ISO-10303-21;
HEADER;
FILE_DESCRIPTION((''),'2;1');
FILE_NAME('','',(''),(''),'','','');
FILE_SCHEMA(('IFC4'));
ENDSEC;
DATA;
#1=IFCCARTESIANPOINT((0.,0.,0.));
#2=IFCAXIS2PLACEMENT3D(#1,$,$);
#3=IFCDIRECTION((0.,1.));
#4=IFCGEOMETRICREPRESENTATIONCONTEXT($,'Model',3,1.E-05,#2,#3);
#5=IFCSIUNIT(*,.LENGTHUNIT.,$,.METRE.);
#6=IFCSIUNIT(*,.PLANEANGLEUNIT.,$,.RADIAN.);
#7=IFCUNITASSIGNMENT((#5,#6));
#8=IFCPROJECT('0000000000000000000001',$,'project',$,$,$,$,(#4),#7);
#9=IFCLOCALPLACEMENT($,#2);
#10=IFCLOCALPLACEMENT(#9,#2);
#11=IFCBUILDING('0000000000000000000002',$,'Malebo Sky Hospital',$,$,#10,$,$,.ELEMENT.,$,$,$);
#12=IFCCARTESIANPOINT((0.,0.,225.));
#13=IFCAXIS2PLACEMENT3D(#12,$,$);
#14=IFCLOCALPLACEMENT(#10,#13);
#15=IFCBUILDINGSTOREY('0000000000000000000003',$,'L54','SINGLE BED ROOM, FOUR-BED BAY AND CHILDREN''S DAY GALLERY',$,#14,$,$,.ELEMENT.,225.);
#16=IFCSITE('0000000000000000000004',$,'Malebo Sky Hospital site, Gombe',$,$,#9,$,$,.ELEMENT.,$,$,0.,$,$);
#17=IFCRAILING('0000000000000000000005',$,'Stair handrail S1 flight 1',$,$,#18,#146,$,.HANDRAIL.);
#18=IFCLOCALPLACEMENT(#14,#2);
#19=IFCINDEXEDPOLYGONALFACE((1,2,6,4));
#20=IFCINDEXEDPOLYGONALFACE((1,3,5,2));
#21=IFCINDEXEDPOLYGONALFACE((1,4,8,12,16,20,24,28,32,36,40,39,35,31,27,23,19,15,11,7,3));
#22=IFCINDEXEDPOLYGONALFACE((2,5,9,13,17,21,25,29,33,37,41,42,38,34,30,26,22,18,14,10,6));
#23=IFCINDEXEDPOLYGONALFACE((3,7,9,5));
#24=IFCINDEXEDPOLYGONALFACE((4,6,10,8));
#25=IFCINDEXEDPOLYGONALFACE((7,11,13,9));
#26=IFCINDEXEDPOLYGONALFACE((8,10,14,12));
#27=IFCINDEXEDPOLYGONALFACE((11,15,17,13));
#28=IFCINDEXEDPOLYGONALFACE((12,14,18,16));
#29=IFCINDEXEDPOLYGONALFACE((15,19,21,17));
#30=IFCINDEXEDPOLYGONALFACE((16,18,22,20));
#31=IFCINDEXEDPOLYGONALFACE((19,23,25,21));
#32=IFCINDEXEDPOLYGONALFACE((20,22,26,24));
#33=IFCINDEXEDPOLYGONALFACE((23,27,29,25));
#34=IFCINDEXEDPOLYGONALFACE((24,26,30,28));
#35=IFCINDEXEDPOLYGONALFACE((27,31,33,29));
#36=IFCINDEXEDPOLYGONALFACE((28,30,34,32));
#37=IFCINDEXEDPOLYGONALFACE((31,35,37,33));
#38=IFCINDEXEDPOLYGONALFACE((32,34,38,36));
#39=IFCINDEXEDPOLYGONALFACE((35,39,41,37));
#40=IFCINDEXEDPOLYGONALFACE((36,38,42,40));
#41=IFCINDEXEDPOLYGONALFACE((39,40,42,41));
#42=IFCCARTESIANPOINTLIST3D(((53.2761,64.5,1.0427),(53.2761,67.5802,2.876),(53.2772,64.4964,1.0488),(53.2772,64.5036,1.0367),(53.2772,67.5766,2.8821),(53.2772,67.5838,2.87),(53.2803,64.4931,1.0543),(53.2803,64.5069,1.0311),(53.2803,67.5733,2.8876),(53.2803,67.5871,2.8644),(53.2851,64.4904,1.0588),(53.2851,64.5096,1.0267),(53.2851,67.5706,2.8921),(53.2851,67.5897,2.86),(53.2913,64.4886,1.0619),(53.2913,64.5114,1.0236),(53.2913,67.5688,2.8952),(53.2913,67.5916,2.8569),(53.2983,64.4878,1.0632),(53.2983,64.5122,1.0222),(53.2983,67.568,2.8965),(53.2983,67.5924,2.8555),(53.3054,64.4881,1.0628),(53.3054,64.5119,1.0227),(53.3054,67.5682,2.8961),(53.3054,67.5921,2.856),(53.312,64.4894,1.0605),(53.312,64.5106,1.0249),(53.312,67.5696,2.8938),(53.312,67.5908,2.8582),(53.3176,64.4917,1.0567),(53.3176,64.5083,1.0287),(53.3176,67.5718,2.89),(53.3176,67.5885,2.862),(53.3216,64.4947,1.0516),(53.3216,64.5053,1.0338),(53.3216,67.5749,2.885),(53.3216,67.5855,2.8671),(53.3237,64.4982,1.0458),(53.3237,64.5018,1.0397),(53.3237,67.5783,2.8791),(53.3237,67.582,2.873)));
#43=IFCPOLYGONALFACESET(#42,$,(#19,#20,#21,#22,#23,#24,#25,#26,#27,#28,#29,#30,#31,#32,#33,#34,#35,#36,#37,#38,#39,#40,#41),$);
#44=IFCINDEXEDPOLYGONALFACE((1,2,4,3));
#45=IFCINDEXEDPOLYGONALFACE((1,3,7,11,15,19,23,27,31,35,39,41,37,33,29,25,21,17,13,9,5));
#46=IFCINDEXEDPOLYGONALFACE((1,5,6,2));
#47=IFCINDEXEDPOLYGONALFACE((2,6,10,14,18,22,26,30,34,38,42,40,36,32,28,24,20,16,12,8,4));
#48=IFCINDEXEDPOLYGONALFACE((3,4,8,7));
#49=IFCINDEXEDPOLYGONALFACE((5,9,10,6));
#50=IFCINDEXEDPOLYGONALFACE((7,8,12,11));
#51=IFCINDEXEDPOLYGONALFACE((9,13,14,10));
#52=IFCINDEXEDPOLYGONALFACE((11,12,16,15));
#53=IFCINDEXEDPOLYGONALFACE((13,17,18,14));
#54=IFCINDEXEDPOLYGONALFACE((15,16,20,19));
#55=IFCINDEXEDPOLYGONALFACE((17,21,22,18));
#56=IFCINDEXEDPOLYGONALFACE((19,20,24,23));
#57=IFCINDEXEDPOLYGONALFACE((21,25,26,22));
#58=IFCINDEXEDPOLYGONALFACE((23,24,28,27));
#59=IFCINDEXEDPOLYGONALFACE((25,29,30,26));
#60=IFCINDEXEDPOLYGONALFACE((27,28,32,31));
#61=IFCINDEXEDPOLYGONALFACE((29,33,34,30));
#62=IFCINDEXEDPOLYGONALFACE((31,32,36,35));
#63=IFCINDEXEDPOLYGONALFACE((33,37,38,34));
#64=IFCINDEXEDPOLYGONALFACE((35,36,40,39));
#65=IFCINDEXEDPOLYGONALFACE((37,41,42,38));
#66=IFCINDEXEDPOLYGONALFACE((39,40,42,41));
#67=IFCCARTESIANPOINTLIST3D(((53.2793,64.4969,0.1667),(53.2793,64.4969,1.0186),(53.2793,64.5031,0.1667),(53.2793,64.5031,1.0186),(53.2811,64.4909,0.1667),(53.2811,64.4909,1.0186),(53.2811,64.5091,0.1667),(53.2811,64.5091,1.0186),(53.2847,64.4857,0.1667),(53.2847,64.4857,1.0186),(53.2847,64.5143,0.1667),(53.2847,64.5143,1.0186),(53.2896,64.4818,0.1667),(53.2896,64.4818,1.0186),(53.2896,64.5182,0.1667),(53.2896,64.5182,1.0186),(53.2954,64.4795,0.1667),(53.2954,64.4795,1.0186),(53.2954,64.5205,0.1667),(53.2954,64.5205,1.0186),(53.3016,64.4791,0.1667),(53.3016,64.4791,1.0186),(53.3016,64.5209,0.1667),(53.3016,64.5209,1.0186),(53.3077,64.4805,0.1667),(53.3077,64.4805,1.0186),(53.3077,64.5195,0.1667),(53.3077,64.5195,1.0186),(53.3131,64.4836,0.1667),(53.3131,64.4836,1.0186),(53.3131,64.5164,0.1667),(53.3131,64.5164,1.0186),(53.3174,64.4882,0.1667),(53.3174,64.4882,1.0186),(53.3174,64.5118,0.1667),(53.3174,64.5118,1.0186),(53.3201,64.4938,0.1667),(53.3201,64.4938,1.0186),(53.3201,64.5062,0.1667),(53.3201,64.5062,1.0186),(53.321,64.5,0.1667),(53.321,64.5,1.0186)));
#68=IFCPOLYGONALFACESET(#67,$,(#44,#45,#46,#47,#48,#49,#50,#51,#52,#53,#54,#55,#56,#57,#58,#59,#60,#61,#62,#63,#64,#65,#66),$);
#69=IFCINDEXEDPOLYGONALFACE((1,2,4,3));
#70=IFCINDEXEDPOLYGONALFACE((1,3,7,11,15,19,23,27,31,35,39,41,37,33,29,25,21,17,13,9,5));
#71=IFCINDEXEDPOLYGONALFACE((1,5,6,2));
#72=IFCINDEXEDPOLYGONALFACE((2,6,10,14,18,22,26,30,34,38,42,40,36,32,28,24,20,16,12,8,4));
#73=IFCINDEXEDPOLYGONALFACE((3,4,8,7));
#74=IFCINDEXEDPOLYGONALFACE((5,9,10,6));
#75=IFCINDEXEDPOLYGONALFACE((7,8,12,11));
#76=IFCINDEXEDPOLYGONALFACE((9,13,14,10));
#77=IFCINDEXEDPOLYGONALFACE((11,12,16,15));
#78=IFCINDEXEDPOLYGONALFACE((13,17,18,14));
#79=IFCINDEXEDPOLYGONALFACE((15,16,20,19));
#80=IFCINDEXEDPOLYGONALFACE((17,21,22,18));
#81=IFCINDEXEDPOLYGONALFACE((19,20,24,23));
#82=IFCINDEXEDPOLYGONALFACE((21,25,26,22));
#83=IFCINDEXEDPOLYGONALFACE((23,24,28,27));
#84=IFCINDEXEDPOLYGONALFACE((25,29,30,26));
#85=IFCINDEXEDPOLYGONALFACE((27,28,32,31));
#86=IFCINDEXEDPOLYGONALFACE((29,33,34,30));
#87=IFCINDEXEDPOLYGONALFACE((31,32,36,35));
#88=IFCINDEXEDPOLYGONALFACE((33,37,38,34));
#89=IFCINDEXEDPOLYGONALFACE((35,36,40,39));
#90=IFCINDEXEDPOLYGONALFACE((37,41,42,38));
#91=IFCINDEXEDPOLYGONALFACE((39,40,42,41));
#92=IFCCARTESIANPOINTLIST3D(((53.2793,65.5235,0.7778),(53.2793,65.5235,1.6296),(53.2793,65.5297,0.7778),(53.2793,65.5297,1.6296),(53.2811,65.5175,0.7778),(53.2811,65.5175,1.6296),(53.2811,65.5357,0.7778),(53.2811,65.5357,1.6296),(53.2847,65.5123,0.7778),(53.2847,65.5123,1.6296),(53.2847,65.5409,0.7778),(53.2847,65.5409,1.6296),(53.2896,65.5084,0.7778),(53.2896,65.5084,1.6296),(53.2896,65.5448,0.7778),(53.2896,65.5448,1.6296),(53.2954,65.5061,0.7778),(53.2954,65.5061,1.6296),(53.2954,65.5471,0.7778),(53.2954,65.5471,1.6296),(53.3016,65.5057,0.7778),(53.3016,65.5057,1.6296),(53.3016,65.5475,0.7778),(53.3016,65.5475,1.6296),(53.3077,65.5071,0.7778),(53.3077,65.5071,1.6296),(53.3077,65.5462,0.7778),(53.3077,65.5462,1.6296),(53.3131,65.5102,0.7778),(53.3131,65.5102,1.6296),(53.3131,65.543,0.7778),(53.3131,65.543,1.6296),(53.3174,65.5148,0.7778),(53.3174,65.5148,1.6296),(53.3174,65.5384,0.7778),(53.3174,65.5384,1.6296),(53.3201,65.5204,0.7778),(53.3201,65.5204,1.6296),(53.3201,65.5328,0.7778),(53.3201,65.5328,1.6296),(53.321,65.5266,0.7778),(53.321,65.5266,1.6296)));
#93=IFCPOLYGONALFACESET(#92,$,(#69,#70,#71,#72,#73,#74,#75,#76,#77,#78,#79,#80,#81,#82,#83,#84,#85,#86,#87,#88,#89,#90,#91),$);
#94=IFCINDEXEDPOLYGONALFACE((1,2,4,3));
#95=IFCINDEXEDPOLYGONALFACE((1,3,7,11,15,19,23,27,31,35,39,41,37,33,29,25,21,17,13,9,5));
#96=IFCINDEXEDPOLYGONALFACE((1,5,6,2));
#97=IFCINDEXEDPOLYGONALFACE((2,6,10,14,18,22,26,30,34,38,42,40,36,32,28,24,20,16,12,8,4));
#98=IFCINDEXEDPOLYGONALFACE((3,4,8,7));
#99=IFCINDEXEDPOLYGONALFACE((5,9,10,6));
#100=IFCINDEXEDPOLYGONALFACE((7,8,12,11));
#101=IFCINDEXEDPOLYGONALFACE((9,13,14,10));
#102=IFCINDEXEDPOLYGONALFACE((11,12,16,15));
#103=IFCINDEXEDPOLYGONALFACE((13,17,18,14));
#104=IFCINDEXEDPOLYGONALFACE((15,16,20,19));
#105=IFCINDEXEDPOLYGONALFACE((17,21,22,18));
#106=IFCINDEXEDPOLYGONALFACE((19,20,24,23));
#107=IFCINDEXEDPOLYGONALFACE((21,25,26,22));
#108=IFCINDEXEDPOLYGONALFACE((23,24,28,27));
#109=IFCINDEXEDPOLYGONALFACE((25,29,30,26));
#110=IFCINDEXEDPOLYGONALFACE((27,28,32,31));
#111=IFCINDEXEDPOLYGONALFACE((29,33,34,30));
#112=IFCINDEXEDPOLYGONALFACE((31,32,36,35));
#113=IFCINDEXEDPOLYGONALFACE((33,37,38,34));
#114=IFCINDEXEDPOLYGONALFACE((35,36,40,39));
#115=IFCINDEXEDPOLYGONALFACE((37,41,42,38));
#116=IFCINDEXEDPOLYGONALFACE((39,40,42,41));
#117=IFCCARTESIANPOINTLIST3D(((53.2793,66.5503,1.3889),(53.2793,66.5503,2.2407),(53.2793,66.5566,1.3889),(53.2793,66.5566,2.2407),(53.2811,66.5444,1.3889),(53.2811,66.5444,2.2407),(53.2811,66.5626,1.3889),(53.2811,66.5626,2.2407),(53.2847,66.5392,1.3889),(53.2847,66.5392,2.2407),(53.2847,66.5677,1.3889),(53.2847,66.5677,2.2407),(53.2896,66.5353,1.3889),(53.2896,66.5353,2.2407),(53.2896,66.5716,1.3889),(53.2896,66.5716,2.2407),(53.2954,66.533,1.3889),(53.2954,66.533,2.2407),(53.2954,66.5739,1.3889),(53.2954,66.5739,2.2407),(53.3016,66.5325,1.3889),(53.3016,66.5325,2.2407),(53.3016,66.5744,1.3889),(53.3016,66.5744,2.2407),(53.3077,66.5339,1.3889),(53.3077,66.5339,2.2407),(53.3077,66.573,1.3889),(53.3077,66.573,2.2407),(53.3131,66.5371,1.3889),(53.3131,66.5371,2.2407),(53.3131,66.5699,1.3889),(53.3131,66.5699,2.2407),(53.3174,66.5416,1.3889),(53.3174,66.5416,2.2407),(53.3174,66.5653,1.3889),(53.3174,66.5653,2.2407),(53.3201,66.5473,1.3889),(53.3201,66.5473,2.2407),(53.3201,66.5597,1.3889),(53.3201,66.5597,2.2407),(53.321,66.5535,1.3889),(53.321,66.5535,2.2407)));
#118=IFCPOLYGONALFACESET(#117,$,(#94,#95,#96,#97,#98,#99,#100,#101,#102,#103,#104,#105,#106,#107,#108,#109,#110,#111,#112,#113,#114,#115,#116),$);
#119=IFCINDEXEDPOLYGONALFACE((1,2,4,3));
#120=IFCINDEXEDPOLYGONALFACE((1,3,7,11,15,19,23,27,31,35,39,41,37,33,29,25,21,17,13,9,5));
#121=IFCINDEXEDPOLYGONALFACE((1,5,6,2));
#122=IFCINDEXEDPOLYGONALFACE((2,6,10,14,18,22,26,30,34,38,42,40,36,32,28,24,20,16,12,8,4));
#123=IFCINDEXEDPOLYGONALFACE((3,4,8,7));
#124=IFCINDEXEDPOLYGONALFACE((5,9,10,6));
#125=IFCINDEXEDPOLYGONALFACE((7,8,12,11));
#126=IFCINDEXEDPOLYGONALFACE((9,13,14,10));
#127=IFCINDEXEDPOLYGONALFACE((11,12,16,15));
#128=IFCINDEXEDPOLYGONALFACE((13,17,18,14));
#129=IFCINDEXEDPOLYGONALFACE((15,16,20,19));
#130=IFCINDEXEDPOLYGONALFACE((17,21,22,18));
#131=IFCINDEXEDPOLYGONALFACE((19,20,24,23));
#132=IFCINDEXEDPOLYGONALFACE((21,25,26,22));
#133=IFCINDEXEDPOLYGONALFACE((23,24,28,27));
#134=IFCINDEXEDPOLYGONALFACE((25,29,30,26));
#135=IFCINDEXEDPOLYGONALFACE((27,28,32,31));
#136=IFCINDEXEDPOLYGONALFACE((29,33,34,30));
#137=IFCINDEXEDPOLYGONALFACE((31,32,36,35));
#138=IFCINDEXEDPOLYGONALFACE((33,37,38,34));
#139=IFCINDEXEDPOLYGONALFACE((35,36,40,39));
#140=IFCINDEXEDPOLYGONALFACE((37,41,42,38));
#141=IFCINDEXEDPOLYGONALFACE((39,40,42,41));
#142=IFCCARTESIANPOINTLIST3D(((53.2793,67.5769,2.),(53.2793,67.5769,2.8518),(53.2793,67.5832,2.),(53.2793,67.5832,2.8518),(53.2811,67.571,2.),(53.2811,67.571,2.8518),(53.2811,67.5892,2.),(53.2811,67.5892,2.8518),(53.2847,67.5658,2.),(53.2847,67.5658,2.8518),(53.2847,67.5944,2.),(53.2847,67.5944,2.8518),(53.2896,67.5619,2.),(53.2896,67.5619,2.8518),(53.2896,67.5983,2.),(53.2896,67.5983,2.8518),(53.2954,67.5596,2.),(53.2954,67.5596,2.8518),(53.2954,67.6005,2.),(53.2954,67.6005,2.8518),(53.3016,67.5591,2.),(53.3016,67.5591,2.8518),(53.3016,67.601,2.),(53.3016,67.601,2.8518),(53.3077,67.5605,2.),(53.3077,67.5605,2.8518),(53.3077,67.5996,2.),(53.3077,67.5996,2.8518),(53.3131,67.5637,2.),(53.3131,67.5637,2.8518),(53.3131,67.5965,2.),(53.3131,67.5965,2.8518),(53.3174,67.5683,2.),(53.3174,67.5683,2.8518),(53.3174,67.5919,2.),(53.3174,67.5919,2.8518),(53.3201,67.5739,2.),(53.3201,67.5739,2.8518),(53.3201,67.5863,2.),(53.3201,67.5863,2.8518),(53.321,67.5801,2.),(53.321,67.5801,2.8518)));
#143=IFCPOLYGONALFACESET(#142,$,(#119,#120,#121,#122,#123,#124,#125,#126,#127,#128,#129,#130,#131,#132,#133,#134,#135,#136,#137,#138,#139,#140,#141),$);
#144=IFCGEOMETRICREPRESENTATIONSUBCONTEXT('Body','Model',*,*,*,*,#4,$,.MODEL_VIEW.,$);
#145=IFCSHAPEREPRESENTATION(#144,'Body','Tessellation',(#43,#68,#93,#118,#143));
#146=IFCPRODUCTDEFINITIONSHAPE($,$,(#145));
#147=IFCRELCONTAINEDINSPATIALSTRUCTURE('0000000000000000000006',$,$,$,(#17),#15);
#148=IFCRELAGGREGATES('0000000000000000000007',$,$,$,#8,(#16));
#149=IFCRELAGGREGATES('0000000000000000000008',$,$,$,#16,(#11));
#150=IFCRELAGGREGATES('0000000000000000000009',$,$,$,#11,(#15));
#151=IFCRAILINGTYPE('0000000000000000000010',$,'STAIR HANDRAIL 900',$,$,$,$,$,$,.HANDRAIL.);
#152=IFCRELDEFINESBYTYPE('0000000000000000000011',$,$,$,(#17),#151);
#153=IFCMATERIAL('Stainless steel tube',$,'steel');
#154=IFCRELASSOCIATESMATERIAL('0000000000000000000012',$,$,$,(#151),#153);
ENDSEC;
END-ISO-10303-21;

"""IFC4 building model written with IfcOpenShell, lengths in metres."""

from ifc_helpers import new_model, si_unit, direction, frame, origin, origin_2d, place, context, subcontext, project, spatial, circle, extrude, material, type_object, element, save


model = new_model("IFC4")

# Units and contexts
model_context = context("Model", 3, precision=1e-05, world=origin(), true_north=direction((0.0, 1.0)))
body_context = subcontext(model_context, "Body", "Model", "MODEL_VIEW")
ifc_project = project(units=[si_unit("LENGTHUNIT", "METRE"), si_unit("PLANEANGLEUNIT", "RADIAN")], contexts=[model_context])

# Site, building, storey
site_placement = place(None, origin())
site = spatial("IfcSite", under=ifc_project, at=site_placement, Name="Malebo Sky Hospital site, Gombe", CompositionType="ELEMENT", RefElevation=0.0)
building_placement = place(site_placement, origin())
building = spatial("IfcBuilding", under=site, at=building_placement, Name="Malebo Sky Hospital", CompositionType="ELEMENT")
storey_placement = place(building_placement, frame((0.0, 0.0, 225.0)))
storey = spatial("IfcBuildingStorey", under=building, at=storey_placement, Name="L54", Description="SINGLE BED ROOM, FOUR-BED BAY AND CHILDREN'S DAY GALLERY", CompositionType="ELEMENT", Elevation=225.0)

# Railing
ifc_material_1 = material(Name="Stainless steel tube", Category="steel")
railing_type = type_object("IfcRailingType", Name="STAIR HANDRAIL 900", PredefinedType="HANDRAIL", material=ifc_material_1)
railing_1_placement = place(storey_placement, frame((53.3, 64.5, 0.1667)))
element("IfcRailing", 1, at=railing_1_placement, inside=storey, type_object=railing_type, Name="Stair handrail S1 flight 1", PredefinedType="HANDRAIL", context=body_context, shape_type="SweptSolid", body=[
    extrude(circle(Radius=0.0239, at=origin_2d()), frame((0.0, 0.0, 0.876), z_axis=(0.0, 0.859309, 0.511458), x_axis=(-1.0, 0.0, 0.0)), (0.0, 0.0, 1.0), 3.5845),
    extrude(circle(Radius=0.021, at=origin_2d()), origin(), (0.0, 0.0, 1.0), 0.8518),
    extrude(circle(Radius=0.021, at=origin_2d()), frame((0.0, 1.0266, 0.6111)), (0.0, 0.0, 1.0), 0.8518),
    extrude(circle(Radius=0.021, at=origin_2d()), frame((0.0, 2.0535, 1.2222)), (0.0, 0.0, 1.0), 0.8518),
    extrude(circle(Radius=0.021, at=origin_2d()), frame((0.0, 3.0801, 1.8333)), (0.0, 0.0, 1.0), 0.8518),
])

save(model, "model.ifc")
